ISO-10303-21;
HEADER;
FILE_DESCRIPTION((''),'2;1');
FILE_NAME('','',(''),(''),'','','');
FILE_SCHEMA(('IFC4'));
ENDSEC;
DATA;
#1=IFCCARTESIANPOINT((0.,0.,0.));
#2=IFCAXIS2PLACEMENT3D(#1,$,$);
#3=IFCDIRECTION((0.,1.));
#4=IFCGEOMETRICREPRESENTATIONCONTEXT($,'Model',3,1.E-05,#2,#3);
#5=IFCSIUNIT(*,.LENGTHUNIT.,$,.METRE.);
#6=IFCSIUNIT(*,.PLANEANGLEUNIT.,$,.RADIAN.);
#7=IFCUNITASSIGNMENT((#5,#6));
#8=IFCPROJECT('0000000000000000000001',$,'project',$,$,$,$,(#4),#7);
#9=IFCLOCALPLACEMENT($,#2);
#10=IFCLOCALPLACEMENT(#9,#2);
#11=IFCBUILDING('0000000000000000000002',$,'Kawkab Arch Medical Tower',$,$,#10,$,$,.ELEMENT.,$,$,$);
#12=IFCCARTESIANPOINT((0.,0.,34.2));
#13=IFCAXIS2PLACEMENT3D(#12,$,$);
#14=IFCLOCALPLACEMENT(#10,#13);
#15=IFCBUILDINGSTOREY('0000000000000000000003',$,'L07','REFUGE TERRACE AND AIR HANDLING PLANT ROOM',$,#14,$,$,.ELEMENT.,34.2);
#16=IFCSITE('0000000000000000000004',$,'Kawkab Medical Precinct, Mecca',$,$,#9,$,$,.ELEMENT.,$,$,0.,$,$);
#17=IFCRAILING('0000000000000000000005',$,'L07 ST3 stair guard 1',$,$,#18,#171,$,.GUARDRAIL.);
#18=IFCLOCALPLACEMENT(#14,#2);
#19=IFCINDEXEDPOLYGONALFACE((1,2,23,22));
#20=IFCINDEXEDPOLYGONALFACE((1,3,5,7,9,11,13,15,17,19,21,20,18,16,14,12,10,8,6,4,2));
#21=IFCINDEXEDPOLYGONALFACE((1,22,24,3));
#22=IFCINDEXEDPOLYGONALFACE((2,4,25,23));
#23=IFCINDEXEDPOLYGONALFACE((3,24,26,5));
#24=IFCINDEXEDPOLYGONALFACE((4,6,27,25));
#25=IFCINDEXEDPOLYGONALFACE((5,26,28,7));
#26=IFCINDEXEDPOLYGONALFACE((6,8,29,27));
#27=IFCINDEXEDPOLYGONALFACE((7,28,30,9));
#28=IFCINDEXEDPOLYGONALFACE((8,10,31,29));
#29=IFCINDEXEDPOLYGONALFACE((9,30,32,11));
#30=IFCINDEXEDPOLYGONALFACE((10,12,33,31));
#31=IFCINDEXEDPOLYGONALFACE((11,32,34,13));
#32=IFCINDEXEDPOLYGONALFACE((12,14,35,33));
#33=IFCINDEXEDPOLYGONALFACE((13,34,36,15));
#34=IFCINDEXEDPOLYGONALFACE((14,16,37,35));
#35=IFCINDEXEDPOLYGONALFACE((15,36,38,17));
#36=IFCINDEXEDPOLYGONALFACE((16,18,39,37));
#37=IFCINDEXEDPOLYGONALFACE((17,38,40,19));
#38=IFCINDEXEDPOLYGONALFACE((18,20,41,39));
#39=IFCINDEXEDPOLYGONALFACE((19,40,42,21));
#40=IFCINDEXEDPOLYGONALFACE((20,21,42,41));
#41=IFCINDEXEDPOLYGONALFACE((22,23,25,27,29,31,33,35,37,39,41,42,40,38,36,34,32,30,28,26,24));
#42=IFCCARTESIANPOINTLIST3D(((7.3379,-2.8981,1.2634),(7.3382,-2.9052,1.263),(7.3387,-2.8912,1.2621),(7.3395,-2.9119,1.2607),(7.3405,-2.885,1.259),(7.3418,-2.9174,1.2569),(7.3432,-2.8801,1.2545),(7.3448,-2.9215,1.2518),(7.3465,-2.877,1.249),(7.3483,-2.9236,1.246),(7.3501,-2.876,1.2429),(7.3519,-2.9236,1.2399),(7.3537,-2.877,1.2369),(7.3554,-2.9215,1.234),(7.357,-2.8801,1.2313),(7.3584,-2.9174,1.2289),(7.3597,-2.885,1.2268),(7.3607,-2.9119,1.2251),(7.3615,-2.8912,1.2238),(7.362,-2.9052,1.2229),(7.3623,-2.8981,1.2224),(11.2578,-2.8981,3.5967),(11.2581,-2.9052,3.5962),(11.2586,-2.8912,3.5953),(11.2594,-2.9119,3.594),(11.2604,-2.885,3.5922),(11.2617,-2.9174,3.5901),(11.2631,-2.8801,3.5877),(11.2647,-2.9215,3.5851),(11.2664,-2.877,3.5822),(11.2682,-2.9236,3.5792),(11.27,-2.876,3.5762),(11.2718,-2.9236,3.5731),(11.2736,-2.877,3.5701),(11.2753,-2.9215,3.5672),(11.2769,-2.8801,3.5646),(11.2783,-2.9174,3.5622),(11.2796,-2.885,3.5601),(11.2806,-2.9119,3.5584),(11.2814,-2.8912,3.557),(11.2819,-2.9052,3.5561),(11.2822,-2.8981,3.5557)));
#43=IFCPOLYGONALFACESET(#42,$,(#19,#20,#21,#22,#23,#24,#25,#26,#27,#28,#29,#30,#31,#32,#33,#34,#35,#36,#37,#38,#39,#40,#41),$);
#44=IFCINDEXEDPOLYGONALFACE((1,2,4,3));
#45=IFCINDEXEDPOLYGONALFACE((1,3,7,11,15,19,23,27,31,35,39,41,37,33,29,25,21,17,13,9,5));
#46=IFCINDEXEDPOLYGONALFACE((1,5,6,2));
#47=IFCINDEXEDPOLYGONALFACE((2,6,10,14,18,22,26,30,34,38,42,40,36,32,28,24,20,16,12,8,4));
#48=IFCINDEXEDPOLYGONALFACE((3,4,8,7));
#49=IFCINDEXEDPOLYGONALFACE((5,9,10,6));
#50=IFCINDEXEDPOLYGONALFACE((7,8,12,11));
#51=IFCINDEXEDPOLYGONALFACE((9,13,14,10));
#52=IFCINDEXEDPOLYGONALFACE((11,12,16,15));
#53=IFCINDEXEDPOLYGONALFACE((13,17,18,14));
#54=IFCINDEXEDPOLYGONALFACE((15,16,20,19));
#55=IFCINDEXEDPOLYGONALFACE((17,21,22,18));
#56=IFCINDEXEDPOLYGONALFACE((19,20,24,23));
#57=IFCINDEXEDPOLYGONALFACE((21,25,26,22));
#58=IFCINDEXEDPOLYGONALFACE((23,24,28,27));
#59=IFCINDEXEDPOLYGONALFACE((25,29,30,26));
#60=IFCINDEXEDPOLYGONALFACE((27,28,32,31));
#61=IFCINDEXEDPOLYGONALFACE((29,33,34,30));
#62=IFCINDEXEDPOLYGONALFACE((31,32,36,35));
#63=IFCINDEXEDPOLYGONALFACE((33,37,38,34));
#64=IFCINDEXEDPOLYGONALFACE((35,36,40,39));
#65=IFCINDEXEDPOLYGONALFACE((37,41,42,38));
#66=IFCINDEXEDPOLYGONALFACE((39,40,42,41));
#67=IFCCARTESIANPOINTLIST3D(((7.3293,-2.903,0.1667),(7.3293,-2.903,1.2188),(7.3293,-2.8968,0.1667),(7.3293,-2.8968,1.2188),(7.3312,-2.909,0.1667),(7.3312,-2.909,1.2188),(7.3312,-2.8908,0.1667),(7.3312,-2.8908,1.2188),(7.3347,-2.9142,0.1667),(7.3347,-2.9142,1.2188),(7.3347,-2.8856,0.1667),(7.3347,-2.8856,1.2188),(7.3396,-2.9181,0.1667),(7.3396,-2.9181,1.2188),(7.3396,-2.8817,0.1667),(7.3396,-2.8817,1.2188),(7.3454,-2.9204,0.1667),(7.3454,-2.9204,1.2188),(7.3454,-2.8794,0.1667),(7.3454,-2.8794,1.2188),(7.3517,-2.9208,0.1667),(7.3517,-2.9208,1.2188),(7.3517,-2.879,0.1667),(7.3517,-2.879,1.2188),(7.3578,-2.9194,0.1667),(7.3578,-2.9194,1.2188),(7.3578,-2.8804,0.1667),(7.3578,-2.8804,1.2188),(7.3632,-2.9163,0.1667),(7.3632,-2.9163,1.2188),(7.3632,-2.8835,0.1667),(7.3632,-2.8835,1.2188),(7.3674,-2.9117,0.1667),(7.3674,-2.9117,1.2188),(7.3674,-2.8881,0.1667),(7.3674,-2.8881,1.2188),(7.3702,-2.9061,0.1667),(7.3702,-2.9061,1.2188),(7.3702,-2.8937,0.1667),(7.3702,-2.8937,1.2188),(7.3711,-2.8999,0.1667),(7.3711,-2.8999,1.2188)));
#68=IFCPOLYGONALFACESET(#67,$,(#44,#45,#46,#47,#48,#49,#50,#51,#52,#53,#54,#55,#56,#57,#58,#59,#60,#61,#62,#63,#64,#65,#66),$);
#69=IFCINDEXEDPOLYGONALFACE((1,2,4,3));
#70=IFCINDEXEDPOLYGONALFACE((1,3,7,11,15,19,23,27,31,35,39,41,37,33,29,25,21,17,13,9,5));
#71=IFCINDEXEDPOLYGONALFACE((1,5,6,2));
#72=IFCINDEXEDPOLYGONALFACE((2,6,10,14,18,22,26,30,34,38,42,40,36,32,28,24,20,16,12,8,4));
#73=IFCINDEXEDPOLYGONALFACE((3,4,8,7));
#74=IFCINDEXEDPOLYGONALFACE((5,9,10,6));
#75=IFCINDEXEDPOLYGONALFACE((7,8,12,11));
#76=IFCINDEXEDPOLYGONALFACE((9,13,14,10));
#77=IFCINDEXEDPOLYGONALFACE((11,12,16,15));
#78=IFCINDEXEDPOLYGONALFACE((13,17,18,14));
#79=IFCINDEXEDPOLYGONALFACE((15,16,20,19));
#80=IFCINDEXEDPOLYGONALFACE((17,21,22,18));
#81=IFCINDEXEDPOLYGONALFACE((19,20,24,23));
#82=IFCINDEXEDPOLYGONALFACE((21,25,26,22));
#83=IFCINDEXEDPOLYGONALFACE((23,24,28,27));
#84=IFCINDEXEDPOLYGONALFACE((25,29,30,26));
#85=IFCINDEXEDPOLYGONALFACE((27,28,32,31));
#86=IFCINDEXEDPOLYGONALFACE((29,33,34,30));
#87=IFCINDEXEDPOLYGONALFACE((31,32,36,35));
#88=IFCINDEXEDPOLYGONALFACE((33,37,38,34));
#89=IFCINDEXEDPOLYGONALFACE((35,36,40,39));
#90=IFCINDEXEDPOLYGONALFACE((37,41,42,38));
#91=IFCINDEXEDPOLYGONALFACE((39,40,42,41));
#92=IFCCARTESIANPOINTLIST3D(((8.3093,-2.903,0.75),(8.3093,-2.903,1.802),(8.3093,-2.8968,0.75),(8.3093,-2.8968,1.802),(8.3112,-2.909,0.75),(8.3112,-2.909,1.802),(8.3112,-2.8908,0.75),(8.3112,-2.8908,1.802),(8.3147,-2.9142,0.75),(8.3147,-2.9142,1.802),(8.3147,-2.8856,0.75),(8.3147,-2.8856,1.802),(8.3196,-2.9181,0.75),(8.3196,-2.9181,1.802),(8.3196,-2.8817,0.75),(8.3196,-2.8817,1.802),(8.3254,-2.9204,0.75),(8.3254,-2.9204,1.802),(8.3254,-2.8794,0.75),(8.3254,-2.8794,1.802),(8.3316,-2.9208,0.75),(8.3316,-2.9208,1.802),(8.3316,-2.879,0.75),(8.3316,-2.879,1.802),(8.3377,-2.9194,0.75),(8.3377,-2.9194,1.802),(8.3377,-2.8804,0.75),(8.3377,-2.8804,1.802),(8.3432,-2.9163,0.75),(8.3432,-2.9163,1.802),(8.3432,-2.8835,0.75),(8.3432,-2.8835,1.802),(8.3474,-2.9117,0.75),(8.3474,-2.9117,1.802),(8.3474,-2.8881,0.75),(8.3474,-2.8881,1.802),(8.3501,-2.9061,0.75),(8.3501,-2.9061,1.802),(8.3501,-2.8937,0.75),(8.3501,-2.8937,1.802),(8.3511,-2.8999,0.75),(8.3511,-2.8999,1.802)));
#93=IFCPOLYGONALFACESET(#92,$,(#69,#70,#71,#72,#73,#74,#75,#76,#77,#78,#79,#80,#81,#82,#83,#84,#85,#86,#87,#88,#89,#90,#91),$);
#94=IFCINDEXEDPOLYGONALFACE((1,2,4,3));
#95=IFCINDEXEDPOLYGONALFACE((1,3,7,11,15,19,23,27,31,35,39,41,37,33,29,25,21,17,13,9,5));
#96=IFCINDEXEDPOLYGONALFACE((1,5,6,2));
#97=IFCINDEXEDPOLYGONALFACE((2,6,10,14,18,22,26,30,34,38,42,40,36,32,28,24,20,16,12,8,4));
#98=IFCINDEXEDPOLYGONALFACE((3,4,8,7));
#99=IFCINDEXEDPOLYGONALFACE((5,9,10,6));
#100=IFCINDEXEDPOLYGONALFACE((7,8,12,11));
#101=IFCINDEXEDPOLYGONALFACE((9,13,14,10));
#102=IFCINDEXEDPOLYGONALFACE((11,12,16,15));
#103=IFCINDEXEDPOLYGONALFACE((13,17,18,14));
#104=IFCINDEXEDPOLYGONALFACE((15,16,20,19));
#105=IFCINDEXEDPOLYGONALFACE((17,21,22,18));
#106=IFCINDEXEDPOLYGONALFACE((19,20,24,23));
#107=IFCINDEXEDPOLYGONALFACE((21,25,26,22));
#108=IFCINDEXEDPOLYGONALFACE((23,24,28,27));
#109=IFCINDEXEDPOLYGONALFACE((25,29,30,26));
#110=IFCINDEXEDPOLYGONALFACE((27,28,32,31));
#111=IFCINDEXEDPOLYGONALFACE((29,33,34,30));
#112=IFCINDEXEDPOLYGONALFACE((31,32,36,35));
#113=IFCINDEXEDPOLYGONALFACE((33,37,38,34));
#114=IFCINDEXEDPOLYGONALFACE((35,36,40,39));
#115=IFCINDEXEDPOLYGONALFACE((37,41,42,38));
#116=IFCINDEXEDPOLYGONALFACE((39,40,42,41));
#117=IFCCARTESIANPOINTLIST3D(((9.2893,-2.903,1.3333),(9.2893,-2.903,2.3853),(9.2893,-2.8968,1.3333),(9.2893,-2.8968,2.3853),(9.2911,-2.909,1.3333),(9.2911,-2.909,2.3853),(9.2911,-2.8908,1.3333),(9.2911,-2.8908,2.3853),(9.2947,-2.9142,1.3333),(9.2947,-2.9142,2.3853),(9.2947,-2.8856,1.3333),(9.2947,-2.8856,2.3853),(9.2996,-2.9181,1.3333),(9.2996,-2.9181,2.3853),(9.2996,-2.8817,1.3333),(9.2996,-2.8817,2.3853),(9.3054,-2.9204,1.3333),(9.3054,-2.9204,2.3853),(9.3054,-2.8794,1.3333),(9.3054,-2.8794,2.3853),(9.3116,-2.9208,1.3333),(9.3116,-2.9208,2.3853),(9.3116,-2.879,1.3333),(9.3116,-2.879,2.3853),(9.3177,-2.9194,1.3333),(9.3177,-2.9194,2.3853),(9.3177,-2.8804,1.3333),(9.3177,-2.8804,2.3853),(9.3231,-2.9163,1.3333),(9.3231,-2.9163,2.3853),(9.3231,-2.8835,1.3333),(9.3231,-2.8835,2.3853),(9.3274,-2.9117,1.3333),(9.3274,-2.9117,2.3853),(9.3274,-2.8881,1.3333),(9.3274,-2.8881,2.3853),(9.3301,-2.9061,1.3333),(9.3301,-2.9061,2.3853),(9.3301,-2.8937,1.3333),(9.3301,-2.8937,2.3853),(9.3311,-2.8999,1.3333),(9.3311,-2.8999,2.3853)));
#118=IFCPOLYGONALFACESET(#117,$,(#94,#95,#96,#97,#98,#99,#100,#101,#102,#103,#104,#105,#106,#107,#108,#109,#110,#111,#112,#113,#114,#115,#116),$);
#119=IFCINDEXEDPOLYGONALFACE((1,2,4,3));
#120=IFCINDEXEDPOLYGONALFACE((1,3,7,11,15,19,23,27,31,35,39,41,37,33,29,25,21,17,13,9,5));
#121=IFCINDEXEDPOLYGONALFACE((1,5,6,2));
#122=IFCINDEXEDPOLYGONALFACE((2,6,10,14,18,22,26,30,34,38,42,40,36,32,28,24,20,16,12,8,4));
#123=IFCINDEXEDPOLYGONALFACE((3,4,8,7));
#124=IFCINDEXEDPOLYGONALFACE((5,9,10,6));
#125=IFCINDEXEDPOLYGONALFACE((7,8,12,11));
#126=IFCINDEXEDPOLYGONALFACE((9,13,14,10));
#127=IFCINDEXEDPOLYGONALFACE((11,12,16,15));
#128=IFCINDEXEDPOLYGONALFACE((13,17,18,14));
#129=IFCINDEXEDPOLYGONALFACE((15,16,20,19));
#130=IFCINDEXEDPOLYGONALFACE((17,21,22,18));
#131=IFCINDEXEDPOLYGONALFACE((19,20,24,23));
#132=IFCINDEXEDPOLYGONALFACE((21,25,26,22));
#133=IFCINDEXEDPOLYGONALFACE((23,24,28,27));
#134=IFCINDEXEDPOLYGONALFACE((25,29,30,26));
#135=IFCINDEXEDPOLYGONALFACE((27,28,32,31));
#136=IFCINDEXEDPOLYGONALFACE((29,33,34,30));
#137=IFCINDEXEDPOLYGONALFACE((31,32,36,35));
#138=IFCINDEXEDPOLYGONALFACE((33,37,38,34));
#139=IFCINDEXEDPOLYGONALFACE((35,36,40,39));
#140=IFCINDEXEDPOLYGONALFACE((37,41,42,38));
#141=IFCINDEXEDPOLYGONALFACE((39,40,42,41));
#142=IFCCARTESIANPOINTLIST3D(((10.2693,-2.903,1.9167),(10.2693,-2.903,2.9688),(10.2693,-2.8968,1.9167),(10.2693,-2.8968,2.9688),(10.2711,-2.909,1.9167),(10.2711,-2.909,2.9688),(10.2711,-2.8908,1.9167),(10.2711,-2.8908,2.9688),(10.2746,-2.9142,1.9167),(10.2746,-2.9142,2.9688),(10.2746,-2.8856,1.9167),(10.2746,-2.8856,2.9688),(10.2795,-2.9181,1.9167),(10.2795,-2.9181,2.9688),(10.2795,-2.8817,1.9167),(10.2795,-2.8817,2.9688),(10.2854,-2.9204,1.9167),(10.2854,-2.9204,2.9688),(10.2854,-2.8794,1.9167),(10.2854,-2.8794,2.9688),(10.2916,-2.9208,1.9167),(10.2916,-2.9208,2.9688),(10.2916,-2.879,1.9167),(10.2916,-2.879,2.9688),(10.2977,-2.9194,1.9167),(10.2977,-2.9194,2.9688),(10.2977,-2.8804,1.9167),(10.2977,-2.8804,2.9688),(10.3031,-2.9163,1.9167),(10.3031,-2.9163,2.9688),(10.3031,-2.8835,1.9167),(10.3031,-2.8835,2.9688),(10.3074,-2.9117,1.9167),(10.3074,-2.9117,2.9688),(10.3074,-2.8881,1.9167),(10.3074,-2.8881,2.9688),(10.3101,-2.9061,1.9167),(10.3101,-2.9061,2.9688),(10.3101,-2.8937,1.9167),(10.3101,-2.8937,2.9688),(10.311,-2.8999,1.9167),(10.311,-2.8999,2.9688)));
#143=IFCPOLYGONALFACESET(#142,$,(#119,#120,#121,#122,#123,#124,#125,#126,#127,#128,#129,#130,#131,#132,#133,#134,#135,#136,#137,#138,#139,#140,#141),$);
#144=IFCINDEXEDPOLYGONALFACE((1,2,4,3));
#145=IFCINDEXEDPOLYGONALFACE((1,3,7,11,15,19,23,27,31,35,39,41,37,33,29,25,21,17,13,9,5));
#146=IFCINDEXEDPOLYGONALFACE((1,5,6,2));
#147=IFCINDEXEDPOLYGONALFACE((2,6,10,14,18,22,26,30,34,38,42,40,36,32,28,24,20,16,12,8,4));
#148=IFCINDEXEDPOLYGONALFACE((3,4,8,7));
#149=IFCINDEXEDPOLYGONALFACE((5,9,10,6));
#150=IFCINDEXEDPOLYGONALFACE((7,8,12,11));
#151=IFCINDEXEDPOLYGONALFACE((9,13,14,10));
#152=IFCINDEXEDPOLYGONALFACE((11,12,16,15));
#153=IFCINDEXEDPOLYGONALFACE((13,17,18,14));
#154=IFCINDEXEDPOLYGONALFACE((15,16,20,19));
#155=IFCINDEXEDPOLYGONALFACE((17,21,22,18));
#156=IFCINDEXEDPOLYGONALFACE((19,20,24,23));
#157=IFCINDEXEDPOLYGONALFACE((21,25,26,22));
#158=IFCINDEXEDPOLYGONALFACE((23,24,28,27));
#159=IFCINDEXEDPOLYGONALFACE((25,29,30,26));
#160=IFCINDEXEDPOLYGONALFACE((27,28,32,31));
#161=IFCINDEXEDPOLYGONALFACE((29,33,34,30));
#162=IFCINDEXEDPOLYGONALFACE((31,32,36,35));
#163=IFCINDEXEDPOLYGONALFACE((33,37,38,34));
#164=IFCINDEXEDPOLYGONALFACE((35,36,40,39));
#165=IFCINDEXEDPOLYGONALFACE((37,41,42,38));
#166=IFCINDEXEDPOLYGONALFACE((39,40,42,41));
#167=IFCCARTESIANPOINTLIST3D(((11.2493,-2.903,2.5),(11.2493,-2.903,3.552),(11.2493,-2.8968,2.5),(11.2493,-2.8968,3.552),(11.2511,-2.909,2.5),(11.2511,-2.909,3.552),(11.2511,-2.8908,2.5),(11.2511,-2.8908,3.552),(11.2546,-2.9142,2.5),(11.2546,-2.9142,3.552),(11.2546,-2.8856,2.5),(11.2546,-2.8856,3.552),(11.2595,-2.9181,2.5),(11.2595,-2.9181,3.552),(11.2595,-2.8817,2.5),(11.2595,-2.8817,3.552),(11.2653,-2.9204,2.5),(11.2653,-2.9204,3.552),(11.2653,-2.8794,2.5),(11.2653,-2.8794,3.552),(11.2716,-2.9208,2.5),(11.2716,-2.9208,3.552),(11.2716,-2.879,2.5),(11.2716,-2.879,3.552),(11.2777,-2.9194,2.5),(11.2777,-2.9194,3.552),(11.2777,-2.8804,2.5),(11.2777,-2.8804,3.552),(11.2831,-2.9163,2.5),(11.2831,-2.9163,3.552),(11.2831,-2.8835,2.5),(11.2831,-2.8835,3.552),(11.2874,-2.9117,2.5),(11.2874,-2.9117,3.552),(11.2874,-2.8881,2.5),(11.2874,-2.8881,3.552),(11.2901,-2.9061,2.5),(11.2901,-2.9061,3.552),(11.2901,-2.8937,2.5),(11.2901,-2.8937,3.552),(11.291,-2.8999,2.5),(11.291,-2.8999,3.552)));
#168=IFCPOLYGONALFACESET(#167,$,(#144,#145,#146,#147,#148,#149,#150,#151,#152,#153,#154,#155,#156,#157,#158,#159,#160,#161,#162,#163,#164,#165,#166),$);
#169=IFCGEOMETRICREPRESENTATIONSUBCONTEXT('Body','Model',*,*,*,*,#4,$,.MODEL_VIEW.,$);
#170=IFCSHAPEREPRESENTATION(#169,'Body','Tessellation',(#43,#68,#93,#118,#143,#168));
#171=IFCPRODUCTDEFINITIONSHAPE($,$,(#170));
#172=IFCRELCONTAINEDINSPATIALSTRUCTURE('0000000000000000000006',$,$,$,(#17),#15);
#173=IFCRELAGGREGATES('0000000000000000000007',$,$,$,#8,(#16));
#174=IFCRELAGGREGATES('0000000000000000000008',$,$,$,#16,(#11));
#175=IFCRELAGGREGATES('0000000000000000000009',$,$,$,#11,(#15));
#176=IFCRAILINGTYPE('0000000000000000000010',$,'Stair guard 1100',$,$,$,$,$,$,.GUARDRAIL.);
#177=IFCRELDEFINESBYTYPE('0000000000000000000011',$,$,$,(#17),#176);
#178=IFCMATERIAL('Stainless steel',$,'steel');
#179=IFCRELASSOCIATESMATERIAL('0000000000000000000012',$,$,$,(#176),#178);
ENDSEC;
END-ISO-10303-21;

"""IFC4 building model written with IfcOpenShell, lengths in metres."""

from ifc_helpers import new_model, si_unit, direction, frame, origin, origin_2d, place, context, subcontext, project, spatial, circle, extrude, material, type_object, element, save


model = new_model("IFC4")

# Units and contexts
model_context = context("Model", 3, precision=1e-05, world=origin(), true_north=direction((0.0, 1.0)))
body_context = subcontext(model_context, "Body", "Model", "MODEL_VIEW")
ifc_project = project(units=[si_unit("LENGTHUNIT", "METRE"), si_unit("PLANEANGLEUNIT", "RADIAN")], contexts=[model_context])

# Site, building, storey
site_placement = place(None, origin())
site = spatial("IfcSite", under=ifc_project, at=site_placement, Name="Kawkab Medical Precinct, Mecca", CompositionType="ELEMENT", RefElevation=0.0)
building_placement = place(site_placement, origin())
building = spatial("IfcBuilding", under=site, at=building_placement, Name="Kawkab Arch Medical Tower", CompositionType="ELEMENT")
storey_placement = place(building_placement, frame((0.0, 0.0, 34.2)))
storey = spatial("IfcBuildingStorey", under=building, at=storey_placement, Name="L07", Description="REFUGE TERRACE AND AIR HANDLING PLANT ROOM", CompositionType="ELEMENT", Elevation=34.2)

# Railing
ifc_material_1 = material(Name="Stainless steel", Category="steel")
railing_type = type_object("IfcRailingType", Name="Stair guard 1100", PredefinedType="GUARDRAIL", material=ifc_material_1)
railing_1_placement = place(storey_placement, frame((7.3501, -2.8999, 0.1667)))
element("IfcRailing", 1, at=railing_1_placement, inside=storey, type_object=railing_type, Name="L07 ST3 stair guard 1", PredefinedType="GUARDRAIL", context=body_context, shape_type="SweptSolid", body=[
    extrude(circle(Radius=0.0239, at=origin_2d()), frame((0.0, 0.0, 1.0762), z_axis=(0.859296, 0.0, 0.511478), x_axis=(0.0, 1.0, 0.0)), (0.0, 0.0, 1.0), 4.5618),
    extrude(circle(Radius=0.021, at=origin_2d()), origin(), (0.0, 0.0, 1.0), 1.052),
    extrude(circle(Radius=0.021, at=origin_2d()), frame((0.98, 0.0, 0.5833)), (0.0, 0.0, 1.0), 1.052),
    extrude(circle(Radius=0.021, at=origin_2d()), frame((1.96, 0.0, 1.1665)), (0.0, 0.0, 1.0), 1.052),
    extrude(circle(Radius=0.021, at=origin_2d()), frame((2.9399, 0.0, 1.75)), (0.0, 0.0, 1.0), 1.052),
    extrude(circle(Radius=0.021, at=origin_2d()), frame((3.9199, 0.0, 2.3333)), (0.0, 0.0, 1.0), 1.052),
])

save(model, "model.ifc")
